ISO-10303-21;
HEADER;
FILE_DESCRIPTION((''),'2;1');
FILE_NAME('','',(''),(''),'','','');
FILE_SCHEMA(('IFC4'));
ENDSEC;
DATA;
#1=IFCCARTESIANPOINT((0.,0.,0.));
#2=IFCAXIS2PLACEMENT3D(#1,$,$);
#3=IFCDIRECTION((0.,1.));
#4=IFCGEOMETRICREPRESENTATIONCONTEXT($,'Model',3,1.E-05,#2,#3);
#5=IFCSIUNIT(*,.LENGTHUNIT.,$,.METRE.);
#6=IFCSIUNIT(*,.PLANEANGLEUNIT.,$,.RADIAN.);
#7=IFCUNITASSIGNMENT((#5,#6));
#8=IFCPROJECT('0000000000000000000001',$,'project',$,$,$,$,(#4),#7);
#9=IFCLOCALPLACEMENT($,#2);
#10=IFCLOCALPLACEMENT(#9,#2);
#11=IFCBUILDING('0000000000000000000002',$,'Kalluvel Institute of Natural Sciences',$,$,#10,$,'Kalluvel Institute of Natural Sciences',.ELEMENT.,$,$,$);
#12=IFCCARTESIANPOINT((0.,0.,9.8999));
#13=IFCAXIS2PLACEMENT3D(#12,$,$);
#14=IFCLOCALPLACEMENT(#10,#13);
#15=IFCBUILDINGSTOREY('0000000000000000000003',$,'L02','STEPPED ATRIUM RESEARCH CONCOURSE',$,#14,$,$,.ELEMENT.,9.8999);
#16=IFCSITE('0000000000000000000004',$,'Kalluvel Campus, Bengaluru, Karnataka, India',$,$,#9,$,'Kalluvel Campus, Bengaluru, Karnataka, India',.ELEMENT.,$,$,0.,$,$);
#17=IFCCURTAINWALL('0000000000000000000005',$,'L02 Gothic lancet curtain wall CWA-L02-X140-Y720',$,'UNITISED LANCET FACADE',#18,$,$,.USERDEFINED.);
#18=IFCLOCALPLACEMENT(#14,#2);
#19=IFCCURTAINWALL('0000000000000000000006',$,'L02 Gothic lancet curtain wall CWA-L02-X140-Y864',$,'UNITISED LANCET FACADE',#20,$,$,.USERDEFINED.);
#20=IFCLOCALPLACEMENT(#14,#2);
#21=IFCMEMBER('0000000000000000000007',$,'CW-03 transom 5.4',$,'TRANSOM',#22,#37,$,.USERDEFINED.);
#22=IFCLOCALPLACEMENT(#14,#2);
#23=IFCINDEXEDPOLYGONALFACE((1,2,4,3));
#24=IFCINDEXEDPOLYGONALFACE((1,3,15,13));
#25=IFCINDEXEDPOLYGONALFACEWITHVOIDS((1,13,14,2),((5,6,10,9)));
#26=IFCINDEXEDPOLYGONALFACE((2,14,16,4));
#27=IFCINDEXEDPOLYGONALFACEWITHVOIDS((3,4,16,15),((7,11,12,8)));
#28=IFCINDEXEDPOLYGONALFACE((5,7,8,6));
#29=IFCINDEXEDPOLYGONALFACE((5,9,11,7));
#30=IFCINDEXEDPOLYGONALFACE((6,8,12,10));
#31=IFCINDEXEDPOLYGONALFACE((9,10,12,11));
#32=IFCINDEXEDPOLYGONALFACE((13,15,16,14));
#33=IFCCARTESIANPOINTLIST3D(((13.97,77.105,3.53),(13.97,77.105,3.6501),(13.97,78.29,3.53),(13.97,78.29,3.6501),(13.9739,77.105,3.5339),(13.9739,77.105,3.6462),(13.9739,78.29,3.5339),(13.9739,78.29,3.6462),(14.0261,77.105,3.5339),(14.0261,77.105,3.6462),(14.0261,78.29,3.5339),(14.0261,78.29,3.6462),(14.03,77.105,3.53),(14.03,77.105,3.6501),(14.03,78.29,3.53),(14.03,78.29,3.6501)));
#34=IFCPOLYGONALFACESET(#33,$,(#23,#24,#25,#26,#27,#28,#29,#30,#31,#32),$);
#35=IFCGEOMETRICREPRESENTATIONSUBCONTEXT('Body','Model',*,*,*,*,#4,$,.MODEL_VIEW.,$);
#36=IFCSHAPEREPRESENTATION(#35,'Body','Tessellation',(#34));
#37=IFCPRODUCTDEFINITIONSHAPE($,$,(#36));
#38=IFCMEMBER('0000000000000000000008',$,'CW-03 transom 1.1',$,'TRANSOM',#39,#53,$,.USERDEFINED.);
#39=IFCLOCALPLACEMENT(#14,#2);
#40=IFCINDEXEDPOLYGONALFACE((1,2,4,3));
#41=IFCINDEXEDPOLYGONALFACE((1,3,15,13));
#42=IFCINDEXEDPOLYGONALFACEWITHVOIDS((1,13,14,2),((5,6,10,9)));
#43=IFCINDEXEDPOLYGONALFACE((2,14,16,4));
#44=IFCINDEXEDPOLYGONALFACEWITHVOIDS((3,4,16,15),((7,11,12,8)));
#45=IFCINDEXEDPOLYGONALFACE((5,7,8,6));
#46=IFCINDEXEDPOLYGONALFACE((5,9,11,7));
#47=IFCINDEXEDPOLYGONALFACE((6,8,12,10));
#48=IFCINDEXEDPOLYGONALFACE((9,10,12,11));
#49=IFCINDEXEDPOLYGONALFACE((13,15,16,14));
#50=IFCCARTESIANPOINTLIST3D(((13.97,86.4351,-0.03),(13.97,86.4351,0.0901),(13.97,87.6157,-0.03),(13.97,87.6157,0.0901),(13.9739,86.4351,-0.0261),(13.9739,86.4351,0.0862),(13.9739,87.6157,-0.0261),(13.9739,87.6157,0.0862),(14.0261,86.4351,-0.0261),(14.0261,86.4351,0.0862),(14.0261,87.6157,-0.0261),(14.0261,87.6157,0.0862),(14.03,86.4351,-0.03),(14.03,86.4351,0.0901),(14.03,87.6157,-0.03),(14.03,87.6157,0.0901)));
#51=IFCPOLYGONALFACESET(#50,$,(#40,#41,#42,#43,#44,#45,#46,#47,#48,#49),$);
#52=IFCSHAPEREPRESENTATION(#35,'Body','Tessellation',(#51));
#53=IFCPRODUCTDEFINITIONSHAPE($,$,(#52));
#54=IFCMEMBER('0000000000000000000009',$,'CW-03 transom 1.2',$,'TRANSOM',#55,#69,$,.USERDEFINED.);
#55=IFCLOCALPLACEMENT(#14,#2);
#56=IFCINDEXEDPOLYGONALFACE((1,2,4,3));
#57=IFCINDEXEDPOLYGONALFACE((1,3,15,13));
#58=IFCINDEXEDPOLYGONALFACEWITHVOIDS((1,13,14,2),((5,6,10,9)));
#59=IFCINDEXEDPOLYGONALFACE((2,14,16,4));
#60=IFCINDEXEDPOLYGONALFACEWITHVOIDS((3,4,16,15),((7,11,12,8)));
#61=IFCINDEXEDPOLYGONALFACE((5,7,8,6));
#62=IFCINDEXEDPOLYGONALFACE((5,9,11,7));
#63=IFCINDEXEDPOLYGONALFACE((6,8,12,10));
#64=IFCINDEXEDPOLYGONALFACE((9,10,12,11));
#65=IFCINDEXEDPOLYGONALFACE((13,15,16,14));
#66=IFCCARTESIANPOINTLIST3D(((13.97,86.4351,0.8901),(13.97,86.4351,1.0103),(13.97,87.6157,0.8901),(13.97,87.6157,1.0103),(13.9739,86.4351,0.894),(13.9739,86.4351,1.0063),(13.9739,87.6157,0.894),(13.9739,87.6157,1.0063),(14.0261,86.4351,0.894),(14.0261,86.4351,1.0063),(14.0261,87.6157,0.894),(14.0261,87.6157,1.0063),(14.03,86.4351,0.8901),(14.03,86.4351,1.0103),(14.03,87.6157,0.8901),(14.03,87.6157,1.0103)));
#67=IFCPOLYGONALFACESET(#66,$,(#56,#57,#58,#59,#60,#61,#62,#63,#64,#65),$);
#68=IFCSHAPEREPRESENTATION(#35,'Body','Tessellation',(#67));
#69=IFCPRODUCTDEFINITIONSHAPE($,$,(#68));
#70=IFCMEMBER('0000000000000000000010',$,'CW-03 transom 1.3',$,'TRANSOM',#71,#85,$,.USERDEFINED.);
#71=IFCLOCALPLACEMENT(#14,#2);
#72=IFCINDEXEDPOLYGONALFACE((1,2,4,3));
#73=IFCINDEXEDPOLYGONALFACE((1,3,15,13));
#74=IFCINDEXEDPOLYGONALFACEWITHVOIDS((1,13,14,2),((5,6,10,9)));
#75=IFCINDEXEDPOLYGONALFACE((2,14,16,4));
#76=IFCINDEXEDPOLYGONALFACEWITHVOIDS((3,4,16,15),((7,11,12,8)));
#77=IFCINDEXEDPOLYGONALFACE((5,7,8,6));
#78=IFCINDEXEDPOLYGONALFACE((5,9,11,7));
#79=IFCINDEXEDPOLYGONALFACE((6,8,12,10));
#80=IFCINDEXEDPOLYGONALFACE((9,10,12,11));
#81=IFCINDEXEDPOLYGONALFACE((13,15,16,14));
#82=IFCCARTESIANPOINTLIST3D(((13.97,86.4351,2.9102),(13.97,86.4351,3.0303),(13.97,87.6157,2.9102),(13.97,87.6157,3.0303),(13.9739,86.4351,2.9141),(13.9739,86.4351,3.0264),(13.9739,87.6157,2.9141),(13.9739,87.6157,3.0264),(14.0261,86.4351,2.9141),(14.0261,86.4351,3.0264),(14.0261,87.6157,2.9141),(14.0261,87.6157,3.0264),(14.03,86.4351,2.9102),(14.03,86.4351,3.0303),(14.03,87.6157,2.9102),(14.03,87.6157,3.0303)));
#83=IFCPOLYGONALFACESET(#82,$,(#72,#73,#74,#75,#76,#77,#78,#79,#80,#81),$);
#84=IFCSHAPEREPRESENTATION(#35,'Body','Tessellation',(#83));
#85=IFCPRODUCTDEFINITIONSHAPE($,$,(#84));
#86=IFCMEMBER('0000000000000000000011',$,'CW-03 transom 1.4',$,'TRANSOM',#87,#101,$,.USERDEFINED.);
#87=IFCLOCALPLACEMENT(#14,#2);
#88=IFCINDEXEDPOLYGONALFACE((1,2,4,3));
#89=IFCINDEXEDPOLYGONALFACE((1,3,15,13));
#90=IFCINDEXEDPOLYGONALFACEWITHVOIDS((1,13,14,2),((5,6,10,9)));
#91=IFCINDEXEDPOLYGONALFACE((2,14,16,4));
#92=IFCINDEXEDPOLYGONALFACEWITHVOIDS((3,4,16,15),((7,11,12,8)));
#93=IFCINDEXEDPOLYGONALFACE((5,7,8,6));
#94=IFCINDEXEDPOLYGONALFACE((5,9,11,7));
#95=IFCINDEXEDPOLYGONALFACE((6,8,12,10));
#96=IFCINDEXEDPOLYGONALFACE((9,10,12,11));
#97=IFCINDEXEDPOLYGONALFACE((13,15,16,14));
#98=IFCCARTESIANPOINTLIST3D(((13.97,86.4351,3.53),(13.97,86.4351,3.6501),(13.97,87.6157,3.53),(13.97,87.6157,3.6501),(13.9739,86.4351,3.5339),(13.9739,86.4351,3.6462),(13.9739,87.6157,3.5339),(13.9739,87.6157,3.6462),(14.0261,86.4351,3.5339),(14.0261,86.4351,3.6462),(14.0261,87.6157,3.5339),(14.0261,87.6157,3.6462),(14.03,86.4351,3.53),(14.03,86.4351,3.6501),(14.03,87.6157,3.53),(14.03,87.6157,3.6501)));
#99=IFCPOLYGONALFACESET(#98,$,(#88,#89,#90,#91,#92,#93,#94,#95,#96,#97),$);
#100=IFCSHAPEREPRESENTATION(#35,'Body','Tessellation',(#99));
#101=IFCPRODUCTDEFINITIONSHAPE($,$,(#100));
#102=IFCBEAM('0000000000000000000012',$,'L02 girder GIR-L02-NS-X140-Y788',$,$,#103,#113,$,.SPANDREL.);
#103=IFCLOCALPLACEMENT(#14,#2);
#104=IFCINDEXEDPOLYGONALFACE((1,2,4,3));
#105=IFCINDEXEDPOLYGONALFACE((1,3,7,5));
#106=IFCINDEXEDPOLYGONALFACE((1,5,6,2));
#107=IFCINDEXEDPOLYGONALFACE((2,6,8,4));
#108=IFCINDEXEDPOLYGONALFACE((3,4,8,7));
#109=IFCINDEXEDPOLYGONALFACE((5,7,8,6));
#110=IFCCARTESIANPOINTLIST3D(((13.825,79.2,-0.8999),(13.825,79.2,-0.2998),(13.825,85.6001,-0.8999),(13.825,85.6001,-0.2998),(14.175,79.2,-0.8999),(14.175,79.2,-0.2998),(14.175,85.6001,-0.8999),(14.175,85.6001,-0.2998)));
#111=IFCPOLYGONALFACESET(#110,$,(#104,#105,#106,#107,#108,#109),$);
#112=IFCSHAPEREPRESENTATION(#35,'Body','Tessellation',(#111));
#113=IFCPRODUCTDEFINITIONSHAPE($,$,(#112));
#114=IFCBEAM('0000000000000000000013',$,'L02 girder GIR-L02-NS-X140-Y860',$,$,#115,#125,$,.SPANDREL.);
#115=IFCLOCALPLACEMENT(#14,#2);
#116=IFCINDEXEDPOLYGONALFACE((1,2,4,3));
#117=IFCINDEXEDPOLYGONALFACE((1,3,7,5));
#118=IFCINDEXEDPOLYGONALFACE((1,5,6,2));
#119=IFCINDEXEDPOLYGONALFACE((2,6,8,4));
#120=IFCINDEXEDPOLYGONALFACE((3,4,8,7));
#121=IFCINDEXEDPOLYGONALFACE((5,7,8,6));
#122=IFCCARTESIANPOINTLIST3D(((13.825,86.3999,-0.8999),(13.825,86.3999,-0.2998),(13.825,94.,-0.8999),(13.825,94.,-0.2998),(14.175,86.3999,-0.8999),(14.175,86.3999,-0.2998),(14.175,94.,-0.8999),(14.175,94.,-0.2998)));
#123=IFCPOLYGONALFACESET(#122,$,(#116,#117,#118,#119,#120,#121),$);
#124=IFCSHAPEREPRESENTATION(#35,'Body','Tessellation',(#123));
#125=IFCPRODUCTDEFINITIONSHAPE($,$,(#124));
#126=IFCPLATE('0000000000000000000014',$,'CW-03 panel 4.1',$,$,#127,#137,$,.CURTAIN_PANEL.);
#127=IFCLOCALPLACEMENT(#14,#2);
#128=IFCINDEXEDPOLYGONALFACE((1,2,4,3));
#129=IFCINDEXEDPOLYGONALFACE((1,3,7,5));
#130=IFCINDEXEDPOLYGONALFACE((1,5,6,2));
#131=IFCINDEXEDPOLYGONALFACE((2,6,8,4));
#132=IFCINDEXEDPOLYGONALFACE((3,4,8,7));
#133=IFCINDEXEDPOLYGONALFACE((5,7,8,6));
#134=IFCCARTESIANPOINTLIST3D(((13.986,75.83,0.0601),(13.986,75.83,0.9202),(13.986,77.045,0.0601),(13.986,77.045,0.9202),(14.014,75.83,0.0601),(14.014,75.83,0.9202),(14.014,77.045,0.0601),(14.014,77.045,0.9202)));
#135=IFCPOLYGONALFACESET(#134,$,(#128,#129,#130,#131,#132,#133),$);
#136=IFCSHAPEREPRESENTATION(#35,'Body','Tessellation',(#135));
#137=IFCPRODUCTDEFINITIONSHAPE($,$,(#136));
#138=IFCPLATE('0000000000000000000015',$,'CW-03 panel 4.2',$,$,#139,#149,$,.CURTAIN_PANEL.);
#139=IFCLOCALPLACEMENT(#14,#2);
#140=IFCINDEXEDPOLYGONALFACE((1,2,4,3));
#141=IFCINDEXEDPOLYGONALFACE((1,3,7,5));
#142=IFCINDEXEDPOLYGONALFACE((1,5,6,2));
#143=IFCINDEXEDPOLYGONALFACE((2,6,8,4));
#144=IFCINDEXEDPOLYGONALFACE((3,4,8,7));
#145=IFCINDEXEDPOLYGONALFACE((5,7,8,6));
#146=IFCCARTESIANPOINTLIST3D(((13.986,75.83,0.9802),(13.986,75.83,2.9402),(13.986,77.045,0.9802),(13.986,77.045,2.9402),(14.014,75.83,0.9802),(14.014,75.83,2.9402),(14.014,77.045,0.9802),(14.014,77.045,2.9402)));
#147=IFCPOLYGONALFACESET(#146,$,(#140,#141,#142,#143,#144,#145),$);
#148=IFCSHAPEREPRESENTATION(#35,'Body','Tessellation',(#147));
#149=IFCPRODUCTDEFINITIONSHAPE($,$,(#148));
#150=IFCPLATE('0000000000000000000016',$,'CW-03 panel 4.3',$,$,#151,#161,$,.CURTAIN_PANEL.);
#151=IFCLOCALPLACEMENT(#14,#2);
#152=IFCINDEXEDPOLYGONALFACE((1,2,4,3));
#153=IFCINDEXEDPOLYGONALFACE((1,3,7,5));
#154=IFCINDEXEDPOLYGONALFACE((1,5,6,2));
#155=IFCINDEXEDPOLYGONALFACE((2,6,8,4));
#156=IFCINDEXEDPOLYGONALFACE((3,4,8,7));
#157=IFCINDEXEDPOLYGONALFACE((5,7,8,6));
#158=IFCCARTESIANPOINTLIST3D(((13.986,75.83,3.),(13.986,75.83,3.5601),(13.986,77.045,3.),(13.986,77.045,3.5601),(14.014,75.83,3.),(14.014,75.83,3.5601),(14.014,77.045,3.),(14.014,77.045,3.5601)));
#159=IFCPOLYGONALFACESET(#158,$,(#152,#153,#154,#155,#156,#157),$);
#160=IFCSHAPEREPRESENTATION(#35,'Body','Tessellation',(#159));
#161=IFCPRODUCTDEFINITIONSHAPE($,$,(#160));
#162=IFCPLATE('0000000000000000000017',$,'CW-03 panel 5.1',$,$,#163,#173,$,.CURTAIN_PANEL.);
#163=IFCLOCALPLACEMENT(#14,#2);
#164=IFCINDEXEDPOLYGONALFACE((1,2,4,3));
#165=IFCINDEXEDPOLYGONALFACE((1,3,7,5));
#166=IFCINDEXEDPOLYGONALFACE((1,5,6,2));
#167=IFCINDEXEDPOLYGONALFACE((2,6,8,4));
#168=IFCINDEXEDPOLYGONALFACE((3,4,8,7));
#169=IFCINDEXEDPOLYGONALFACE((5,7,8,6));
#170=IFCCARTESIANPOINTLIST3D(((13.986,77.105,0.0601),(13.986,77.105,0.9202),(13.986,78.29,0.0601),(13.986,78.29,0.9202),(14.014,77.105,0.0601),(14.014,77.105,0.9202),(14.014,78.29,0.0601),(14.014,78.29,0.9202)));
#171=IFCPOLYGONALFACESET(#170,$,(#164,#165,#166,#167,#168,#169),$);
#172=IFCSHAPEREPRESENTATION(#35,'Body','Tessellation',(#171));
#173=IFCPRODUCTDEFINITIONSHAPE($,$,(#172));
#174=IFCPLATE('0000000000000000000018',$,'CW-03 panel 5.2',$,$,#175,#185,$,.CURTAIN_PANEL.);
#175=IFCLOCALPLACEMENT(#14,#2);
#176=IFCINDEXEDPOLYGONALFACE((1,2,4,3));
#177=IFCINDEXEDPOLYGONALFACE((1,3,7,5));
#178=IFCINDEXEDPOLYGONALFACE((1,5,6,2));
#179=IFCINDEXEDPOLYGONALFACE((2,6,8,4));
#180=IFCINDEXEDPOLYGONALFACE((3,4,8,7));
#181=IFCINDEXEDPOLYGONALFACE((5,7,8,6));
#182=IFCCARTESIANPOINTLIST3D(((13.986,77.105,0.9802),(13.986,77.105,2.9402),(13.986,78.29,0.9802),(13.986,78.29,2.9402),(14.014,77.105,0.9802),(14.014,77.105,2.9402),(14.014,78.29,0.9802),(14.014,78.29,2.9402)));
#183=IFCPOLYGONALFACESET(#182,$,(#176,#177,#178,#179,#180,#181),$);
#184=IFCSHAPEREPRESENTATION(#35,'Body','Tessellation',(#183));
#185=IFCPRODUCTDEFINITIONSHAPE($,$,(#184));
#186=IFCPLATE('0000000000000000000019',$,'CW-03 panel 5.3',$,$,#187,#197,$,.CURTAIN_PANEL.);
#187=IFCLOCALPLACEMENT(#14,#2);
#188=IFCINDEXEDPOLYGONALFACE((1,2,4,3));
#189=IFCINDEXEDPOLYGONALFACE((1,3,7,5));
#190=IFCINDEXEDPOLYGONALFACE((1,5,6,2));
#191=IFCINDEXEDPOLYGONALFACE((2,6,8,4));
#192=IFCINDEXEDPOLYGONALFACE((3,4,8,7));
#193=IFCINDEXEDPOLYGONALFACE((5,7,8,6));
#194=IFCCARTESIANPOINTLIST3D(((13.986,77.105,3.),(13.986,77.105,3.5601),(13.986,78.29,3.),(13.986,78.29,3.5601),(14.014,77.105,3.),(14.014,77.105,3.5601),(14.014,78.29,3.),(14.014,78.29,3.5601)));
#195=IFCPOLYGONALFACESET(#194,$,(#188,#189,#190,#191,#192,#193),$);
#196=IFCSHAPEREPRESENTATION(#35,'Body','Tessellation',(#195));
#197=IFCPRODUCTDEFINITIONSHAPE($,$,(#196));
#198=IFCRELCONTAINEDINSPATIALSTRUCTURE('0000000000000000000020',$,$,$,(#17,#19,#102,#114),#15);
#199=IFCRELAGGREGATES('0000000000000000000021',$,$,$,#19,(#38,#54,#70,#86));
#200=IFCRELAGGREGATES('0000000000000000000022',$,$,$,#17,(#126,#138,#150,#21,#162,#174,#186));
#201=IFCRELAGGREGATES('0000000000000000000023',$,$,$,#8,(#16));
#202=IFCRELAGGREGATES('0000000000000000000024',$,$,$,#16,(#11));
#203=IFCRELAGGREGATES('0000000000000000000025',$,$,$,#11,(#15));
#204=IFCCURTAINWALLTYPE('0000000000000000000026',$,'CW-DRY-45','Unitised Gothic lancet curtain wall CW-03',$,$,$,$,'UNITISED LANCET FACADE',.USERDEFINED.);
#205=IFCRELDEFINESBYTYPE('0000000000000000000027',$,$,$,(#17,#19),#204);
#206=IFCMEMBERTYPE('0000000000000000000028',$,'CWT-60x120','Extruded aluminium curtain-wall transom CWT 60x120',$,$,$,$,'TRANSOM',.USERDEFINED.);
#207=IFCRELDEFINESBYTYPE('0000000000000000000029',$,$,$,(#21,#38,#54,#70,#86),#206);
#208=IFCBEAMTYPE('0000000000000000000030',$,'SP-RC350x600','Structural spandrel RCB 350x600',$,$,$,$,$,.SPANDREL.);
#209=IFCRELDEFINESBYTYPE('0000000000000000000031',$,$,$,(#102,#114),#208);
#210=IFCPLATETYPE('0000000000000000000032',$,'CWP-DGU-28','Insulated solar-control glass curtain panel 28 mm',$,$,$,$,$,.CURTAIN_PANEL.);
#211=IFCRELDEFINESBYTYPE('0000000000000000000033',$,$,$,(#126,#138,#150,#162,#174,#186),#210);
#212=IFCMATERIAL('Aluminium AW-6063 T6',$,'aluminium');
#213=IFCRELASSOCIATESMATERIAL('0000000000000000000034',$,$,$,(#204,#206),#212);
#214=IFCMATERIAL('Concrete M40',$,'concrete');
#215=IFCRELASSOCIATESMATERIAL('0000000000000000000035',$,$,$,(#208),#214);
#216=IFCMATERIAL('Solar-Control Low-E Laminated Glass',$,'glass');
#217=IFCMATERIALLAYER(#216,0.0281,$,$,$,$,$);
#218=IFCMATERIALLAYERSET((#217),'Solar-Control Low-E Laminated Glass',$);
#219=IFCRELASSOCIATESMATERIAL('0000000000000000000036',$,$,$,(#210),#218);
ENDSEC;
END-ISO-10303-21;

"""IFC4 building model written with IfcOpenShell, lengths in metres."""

from ifc_helpers import new_model, si_unit, direction, frame, origin, origin_2d, place, context, subcontext, project, spatial, rectangle, hollow_rectangle, extrude, material, layer, layer_set, material_profile, profile_set, type_object, element, aggregate, save


model = new_model("IFC4")

# Units and contexts
model_context = context("Model", 3, precision=1e-05, world=origin(), true_north=direction((0.0, 1.0)))
body_context = subcontext(model_context, "Body", "Model", "MODEL_VIEW")
ifc_project = project(units=[si_unit("LENGTHUNIT", "METRE"), si_unit("PLANEANGLEUNIT", "RADIAN")], contexts=[model_context])

# Site, building, storey
site_placement = place(None, origin())
site = spatial("IfcSite", under=ifc_project, at=site_placement, Name="Kalluvel Campus, Bengaluru, Karnataka, India", LongName="Kalluvel Campus, Bengaluru, Karnataka, India", CompositionType="ELEMENT", RefElevation=0.0)
building_placement = place(site_placement, origin())
building = spatial("IfcBuilding", under=site, at=building_placement, Name="Kalluvel Institute of Natural Sciences", LongName="Kalluvel Institute of Natural Sciences", CompositionType="ELEMENT")
storey_placement = place(building_placement, frame((0.0, 0.0, 9.8999)))
storey = spatial("IfcBuildingStorey", under=building, at=storey_placement, Name="L02", Description="STEPPED ATRIUM RESEARCH CONCOURSE", CompositionType="ELEMENT", Elevation=9.8999)

# Shared definitions
ifc_material_1 = material(Name="Concrete M40", Category="concrete")

# Curtain wall
ifc_material_2 = material(Name="Aluminium AW-6063 T6", Category="aluminium")
curtain_wall_type = type_object("IfcCurtainWallType", Name="CW-DRY-45", Description="Unitised Gothic lancet curtain wall CW-03", ElementType="UNITISED LANCET FACADE", PredefinedType="USERDEFINED", material=ifc_material_2)
curtain_wall_1_placement = place(storey_placement, origin())
curtain_wall_1 = element("IfcCurtainWall", 1, at=curtain_wall_1_placement, inside=storey, type_object=curtain_wall_type, Name="L02 Gothic lancet curtain wall CWA-L02-X140-Y720", ObjectType="UNITISED LANCET FACADE", PredefinedType="USERDEFINED")

# Curtain wall
curtain_wall_2_placement = place(storey_placement, origin())
curtain_wall_2 = element("IfcCurtainWall", 2, at=curtain_wall_2_placement, inside=storey, type_object=curtain_wall_type, Name="L02 Gothic lancet curtain wall CWA-L02-X140-Y864", ObjectType="UNITISED LANCET FACADE", PredefinedType="USERDEFINED")

# Members
ifc_material_profile_1 = material_profile(ifc_material_2, hollow_rectangle(XDim=0.0601, YDim=0.1201, WallThickness=0.0039, at=origin_2d()), Name="CWT 60x120")
ifc_profile_set_1 = profile_set([ifc_material_profile_1], Name="Aluminium AW-6063 T6")
member_type_1 = type_object("IfcMemberType", Name="CWT-60x120", Description="Extruded aluminium curtain-wall transom CWT 60x120", ElementType="TRANSOM", PredefinedType="USERDEFINED", material=ifc_profile_set_1)
member_1_placement = place(storey_placement, frame((14.0, 77.105, 3.5901), z_axis=(0.0, 1.0, 0.0), x_axis=(-1.0, 0.0, 0.0)))
member_1 = element("IfcMember", 3, at=member_1_placement, type_object=member_type_1, Name="CW-03 transom 5.4", ObjectType="TRANSOM", PredefinedType="USERDEFINED", context=body_context, shape_type="SweptSolid", body=[
    extrude(hollow_rectangle(XDim=0.0601, YDim=0.1201, WallThickness=0.0039, at=origin_2d()), origin(), (0.0, 0.0, 1.0), 1.1851),
])
member_2_placement = place(storey_placement, frame((14.0, 86.4351, 0.03), z_axis=(0.0, 1.0, 0.0), x_axis=(-1.0, 0.0, 0.0)))
member_2 = element("IfcMember", 4, at=member_2_placement, type_object=member_type_1, Name="CW-03 transom 1.1", ObjectType="TRANSOM", PredefinedType="USERDEFINED", context=body_context, shape_type="SweptSolid", body=[
    extrude(hollow_rectangle(XDim=0.0601, YDim=0.1201, WallThickness=0.0039, at=origin_2d()), origin(), (0.0, 0.0, 1.0), 1.1807),
])
member_3_placement = place(storey_placement, frame((14.0, 86.4351, 0.9502), z_axis=(0.0, 1.0, 0.0), x_axis=(-1.0, 0.0, 0.0)))
member_3 = element("IfcMember", 5, at=member_3_placement, type_object=member_type_1, Name="CW-03 transom 1.2", ObjectType="TRANSOM", PredefinedType="USERDEFINED", context=body_context, shape_type="SweptSolid", body=[
    extrude(hollow_rectangle(XDim=0.0601, YDim=0.1201, WallThickness=0.0039, at=origin_2d()), origin(), (0.0, 0.0, 1.0), 1.1807),
])
member_4_placement = place(storey_placement, frame((14.0, 86.4351, 2.9702), z_axis=(0.0, 1.0, 0.0), x_axis=(-1.0, 0.0, 0.0)))
member_4 = element("IfcMember", 6, at=member_4_placement, type_object=member_type_1, Name="CW-03 transom 1.3", ObjectType="TRANSOM", PredefinedType="USERDEFINED", context=body_context, shape_type="SweptSolid", body=[
    extrude(hollow_rectangle(XDim=0.0601, YDim=0.1201, WallThickness=0.0039, at=origin_2d()), origin(), (0.0, 0.0, 1.0), 1.1807),
])
member_5_placement = place(storey_placement, frame((14.0, 86.4351, 3.5901), z_axis=(0.0, 1.0, 0.0), x_axis=(-1.0, 0.0, 0.0)))
member_5 = element("IfcMember", 7, at=member_5_placement, type_object=member_type_1, Name="CW-03 transom 1.4", ObjectType="TRANSOM", PredefinedType="USERDEFINED", context=body_context, shape_type="SweptSolid", body=[
    extrude(hollow_rectangle(XDim=0.0601, YDim=0.1201, WallThickness=0.0039, at=origin_2d()), origin(), (0.0, 0.0, 1.0), 1.1807),
])
aggregate(curtain_wall_2, [member_2, member_3, member_4, member_5])

# Beams
ifc_material_profile_2 = material_profile(ifc_material_1, rectangle(XDim=0.3501, YDim=0.6001, at=origin_2d()), Name="RCB 350x600")
ifc_profile_set_2 = profile_set([ifc_material_profile_2], Name="Concrete M40")
beam_type = type_object("IfcBeamType", Name="SP-RC350x600", Description="Structural spandrel RCB 350x600", PredefinedType="SPANDREL", material=ifc_profile_set_2)
beam_1_placement = place(storey_placement, frame((14.0, 79.2, -0.5999), z_axis=(0.0, 1.0, 0.0), x_axis=(-1.0, 0.0, 0.0)))
element("IfcBeam", 8, at=beam_1_placement, inside=storey, type_object=beam_type, Name="L02 girder GIR-L02-NS-X140-Y788", PredefinedType="SPANDREL", context=body_context, shape_type="SweptSolid", body=[
    extrude(rectangle(XDim=0.3501, YDim=0.6001, at=origin_2d()), origin(), (0.0, 0.0, 1.0), 6.4001),
])
beam_2_placement = place(storey_placement, frame((14.0, 86.3999, -0.5999), z_axis=(0.0, 1.0, 0.0), x_axis=(-1.0, 0.0, 0.0)))
element("IfcBeam", 9, at=beam_2_placement, inside=storey, type_object=beam_type, Name="L02 girder GIR-L02-NS-X140-Y860", PredefinedType="SPANDREL", context=body_context, shape_type="SweptSolid", body=[
    extrude(rectangle(XDim=0.3501, YDim=0.6001, at=origin_2d()), origin(), (0.0, 0.0, 1.0), 7.6001),
])

# Plates
ifc_material_3 = material(Name="Solar-Control Low-E Laminated Glass", Category="glass")
ifc_layer_1 = layer(ifc_material_3, 0.0281)
ifc_layer_set_1 = layer_set([ifc_layer_1], Name="Solar-Control Low-E Laminated Glass")
plate_type = type_object("IfcPlateType", Name="CWP-DGU-28", Description="Insulated solar-control glass curtain panel 28 mm", PredefinedType="CURTAIN_PANEL", material=ifc_layer_set_1)
plate_1_placement = place(storey_placement, frame((14.0, 76.4375, 0.0601), z_axis=(0.0, 0.0, 1.0), x_axis=(0.0, 1.0, 0.0)))
plate_1 = element("IfcPlate", 10, at=plate_1_placement, type_object=plate_type, Name="CW-03 panel 4.1", PredefinedType="CURTAIN_PANEL", context=body_context, shape_type="SweptSolid", body=[
    extrude(rectangle(XDim=1.2151, YDim=0.0281, at=origin_2d()), origin(), (0.0, 0.0, 1.0), 0.8601),
])
plate_2_placement = place(storey_placement, frame((14.0, 76.4375, 0.9802), z_axis=(0.0, 0.0, 1.0), x_axis=(0.0, 1.0, 0.0)))
plate_2 = element("IfcPlate", 11, at=plate_2_placement, type_object=plate_type, Name="CW-03 panel 4.2", PredefinedType="CURTAIN_PANEL", context=body_context, shape_type="SweptSolid", body=[
    extrude(rectangle(XDim=1.2151, YDim=0.0281, at=origin_2d()), origin(), (0.0, 0.0, 1.0), 1.96),
])
plate_3_placement = place(storey_placement, frame((14.0, 76.4375, 3.0), z_axis=(0.0, 0.0, 1.0), x_axis=(0.0, 1.0, 0.0)))
plate_3 = element("IfcPlate", 12, at=plate_3_placement, type_object=plate_type, Name="CW-03 panel 4.3", PredefinedType="CURTAIN_PANEL", context=body_context, shape_type="SweptSolid", body=[
    extrude(rectangle(XDim=1.2151, YDim=0.0281, at=origin_2d()), origin(), (0.0, 0.0, 1.0), 0.5601),
])
plate_4_placement = place(storey_placement, frame((14.0, 77.6975, 0.0601), z_axis=(0.0, 0.0, 1.0), x_axis=(0.0, 1.0, 0.0)))
plate_4 = element("IfcPlate", 13, at=plate_4_placement, type_object=plate_type, Name="CW-03 panel 5.1", PredefinedType="CURTAIN_PANEL", context=body_context, shape_type="SweptSolid", body=[
    extrude(rectangle(XDim=1.1851, YDim=0.0281, at=origin_2d()), origin(), (0.0, 0.0, 1.0), 0.8601),
])
plate_5_placement = place(storey_placement, frame((14.0, 77.6975, 0.9802), z_axis=(0.0, 0.0, 1.0), x_axis=(0.0, 1.0, 0.0)))
plate_5 = element("IfcPlate", 14, at=plate_5_placement, type_object=plate_type, Name="CW-03 panel 5.2", PredefinedType="CURTAIN_PANEL", context=body_context, shape_type="SweptSolid", body=[
    extrude(rectangle(XDim=1.1851, YDim=0.0281, at=origin_2d()), origin(), (0.0, 0.0, 1.0), 1.96),
])
plate_6_placement = place(storey_placement, frame((14.0, 77.6975, 3.0), z_axis=(0.0, 0.0, 1.0), x_axis=(0.0, 1.0, 0.0)))
plate_6 = element("IfcPlate", 15, at=plate_6_placement, type_object=plate_type, Name="CW-03 panel 5.3", PredefinedType="CURTAIN_PANEL", context=body_context, shape_type="SweptSolid", body=[
    extrude(rectangle(XDim=1.1851, YDim=0.0281, at=origin_2d()), origin(), (0.0, 0.0, 1.0), 0.5601),
])
aggregate(curtain_wall_1, [plate_1, plate_2, plate_3, member_1, plate_4, plate_5, plate_6])

save(model, "model.ifc")
